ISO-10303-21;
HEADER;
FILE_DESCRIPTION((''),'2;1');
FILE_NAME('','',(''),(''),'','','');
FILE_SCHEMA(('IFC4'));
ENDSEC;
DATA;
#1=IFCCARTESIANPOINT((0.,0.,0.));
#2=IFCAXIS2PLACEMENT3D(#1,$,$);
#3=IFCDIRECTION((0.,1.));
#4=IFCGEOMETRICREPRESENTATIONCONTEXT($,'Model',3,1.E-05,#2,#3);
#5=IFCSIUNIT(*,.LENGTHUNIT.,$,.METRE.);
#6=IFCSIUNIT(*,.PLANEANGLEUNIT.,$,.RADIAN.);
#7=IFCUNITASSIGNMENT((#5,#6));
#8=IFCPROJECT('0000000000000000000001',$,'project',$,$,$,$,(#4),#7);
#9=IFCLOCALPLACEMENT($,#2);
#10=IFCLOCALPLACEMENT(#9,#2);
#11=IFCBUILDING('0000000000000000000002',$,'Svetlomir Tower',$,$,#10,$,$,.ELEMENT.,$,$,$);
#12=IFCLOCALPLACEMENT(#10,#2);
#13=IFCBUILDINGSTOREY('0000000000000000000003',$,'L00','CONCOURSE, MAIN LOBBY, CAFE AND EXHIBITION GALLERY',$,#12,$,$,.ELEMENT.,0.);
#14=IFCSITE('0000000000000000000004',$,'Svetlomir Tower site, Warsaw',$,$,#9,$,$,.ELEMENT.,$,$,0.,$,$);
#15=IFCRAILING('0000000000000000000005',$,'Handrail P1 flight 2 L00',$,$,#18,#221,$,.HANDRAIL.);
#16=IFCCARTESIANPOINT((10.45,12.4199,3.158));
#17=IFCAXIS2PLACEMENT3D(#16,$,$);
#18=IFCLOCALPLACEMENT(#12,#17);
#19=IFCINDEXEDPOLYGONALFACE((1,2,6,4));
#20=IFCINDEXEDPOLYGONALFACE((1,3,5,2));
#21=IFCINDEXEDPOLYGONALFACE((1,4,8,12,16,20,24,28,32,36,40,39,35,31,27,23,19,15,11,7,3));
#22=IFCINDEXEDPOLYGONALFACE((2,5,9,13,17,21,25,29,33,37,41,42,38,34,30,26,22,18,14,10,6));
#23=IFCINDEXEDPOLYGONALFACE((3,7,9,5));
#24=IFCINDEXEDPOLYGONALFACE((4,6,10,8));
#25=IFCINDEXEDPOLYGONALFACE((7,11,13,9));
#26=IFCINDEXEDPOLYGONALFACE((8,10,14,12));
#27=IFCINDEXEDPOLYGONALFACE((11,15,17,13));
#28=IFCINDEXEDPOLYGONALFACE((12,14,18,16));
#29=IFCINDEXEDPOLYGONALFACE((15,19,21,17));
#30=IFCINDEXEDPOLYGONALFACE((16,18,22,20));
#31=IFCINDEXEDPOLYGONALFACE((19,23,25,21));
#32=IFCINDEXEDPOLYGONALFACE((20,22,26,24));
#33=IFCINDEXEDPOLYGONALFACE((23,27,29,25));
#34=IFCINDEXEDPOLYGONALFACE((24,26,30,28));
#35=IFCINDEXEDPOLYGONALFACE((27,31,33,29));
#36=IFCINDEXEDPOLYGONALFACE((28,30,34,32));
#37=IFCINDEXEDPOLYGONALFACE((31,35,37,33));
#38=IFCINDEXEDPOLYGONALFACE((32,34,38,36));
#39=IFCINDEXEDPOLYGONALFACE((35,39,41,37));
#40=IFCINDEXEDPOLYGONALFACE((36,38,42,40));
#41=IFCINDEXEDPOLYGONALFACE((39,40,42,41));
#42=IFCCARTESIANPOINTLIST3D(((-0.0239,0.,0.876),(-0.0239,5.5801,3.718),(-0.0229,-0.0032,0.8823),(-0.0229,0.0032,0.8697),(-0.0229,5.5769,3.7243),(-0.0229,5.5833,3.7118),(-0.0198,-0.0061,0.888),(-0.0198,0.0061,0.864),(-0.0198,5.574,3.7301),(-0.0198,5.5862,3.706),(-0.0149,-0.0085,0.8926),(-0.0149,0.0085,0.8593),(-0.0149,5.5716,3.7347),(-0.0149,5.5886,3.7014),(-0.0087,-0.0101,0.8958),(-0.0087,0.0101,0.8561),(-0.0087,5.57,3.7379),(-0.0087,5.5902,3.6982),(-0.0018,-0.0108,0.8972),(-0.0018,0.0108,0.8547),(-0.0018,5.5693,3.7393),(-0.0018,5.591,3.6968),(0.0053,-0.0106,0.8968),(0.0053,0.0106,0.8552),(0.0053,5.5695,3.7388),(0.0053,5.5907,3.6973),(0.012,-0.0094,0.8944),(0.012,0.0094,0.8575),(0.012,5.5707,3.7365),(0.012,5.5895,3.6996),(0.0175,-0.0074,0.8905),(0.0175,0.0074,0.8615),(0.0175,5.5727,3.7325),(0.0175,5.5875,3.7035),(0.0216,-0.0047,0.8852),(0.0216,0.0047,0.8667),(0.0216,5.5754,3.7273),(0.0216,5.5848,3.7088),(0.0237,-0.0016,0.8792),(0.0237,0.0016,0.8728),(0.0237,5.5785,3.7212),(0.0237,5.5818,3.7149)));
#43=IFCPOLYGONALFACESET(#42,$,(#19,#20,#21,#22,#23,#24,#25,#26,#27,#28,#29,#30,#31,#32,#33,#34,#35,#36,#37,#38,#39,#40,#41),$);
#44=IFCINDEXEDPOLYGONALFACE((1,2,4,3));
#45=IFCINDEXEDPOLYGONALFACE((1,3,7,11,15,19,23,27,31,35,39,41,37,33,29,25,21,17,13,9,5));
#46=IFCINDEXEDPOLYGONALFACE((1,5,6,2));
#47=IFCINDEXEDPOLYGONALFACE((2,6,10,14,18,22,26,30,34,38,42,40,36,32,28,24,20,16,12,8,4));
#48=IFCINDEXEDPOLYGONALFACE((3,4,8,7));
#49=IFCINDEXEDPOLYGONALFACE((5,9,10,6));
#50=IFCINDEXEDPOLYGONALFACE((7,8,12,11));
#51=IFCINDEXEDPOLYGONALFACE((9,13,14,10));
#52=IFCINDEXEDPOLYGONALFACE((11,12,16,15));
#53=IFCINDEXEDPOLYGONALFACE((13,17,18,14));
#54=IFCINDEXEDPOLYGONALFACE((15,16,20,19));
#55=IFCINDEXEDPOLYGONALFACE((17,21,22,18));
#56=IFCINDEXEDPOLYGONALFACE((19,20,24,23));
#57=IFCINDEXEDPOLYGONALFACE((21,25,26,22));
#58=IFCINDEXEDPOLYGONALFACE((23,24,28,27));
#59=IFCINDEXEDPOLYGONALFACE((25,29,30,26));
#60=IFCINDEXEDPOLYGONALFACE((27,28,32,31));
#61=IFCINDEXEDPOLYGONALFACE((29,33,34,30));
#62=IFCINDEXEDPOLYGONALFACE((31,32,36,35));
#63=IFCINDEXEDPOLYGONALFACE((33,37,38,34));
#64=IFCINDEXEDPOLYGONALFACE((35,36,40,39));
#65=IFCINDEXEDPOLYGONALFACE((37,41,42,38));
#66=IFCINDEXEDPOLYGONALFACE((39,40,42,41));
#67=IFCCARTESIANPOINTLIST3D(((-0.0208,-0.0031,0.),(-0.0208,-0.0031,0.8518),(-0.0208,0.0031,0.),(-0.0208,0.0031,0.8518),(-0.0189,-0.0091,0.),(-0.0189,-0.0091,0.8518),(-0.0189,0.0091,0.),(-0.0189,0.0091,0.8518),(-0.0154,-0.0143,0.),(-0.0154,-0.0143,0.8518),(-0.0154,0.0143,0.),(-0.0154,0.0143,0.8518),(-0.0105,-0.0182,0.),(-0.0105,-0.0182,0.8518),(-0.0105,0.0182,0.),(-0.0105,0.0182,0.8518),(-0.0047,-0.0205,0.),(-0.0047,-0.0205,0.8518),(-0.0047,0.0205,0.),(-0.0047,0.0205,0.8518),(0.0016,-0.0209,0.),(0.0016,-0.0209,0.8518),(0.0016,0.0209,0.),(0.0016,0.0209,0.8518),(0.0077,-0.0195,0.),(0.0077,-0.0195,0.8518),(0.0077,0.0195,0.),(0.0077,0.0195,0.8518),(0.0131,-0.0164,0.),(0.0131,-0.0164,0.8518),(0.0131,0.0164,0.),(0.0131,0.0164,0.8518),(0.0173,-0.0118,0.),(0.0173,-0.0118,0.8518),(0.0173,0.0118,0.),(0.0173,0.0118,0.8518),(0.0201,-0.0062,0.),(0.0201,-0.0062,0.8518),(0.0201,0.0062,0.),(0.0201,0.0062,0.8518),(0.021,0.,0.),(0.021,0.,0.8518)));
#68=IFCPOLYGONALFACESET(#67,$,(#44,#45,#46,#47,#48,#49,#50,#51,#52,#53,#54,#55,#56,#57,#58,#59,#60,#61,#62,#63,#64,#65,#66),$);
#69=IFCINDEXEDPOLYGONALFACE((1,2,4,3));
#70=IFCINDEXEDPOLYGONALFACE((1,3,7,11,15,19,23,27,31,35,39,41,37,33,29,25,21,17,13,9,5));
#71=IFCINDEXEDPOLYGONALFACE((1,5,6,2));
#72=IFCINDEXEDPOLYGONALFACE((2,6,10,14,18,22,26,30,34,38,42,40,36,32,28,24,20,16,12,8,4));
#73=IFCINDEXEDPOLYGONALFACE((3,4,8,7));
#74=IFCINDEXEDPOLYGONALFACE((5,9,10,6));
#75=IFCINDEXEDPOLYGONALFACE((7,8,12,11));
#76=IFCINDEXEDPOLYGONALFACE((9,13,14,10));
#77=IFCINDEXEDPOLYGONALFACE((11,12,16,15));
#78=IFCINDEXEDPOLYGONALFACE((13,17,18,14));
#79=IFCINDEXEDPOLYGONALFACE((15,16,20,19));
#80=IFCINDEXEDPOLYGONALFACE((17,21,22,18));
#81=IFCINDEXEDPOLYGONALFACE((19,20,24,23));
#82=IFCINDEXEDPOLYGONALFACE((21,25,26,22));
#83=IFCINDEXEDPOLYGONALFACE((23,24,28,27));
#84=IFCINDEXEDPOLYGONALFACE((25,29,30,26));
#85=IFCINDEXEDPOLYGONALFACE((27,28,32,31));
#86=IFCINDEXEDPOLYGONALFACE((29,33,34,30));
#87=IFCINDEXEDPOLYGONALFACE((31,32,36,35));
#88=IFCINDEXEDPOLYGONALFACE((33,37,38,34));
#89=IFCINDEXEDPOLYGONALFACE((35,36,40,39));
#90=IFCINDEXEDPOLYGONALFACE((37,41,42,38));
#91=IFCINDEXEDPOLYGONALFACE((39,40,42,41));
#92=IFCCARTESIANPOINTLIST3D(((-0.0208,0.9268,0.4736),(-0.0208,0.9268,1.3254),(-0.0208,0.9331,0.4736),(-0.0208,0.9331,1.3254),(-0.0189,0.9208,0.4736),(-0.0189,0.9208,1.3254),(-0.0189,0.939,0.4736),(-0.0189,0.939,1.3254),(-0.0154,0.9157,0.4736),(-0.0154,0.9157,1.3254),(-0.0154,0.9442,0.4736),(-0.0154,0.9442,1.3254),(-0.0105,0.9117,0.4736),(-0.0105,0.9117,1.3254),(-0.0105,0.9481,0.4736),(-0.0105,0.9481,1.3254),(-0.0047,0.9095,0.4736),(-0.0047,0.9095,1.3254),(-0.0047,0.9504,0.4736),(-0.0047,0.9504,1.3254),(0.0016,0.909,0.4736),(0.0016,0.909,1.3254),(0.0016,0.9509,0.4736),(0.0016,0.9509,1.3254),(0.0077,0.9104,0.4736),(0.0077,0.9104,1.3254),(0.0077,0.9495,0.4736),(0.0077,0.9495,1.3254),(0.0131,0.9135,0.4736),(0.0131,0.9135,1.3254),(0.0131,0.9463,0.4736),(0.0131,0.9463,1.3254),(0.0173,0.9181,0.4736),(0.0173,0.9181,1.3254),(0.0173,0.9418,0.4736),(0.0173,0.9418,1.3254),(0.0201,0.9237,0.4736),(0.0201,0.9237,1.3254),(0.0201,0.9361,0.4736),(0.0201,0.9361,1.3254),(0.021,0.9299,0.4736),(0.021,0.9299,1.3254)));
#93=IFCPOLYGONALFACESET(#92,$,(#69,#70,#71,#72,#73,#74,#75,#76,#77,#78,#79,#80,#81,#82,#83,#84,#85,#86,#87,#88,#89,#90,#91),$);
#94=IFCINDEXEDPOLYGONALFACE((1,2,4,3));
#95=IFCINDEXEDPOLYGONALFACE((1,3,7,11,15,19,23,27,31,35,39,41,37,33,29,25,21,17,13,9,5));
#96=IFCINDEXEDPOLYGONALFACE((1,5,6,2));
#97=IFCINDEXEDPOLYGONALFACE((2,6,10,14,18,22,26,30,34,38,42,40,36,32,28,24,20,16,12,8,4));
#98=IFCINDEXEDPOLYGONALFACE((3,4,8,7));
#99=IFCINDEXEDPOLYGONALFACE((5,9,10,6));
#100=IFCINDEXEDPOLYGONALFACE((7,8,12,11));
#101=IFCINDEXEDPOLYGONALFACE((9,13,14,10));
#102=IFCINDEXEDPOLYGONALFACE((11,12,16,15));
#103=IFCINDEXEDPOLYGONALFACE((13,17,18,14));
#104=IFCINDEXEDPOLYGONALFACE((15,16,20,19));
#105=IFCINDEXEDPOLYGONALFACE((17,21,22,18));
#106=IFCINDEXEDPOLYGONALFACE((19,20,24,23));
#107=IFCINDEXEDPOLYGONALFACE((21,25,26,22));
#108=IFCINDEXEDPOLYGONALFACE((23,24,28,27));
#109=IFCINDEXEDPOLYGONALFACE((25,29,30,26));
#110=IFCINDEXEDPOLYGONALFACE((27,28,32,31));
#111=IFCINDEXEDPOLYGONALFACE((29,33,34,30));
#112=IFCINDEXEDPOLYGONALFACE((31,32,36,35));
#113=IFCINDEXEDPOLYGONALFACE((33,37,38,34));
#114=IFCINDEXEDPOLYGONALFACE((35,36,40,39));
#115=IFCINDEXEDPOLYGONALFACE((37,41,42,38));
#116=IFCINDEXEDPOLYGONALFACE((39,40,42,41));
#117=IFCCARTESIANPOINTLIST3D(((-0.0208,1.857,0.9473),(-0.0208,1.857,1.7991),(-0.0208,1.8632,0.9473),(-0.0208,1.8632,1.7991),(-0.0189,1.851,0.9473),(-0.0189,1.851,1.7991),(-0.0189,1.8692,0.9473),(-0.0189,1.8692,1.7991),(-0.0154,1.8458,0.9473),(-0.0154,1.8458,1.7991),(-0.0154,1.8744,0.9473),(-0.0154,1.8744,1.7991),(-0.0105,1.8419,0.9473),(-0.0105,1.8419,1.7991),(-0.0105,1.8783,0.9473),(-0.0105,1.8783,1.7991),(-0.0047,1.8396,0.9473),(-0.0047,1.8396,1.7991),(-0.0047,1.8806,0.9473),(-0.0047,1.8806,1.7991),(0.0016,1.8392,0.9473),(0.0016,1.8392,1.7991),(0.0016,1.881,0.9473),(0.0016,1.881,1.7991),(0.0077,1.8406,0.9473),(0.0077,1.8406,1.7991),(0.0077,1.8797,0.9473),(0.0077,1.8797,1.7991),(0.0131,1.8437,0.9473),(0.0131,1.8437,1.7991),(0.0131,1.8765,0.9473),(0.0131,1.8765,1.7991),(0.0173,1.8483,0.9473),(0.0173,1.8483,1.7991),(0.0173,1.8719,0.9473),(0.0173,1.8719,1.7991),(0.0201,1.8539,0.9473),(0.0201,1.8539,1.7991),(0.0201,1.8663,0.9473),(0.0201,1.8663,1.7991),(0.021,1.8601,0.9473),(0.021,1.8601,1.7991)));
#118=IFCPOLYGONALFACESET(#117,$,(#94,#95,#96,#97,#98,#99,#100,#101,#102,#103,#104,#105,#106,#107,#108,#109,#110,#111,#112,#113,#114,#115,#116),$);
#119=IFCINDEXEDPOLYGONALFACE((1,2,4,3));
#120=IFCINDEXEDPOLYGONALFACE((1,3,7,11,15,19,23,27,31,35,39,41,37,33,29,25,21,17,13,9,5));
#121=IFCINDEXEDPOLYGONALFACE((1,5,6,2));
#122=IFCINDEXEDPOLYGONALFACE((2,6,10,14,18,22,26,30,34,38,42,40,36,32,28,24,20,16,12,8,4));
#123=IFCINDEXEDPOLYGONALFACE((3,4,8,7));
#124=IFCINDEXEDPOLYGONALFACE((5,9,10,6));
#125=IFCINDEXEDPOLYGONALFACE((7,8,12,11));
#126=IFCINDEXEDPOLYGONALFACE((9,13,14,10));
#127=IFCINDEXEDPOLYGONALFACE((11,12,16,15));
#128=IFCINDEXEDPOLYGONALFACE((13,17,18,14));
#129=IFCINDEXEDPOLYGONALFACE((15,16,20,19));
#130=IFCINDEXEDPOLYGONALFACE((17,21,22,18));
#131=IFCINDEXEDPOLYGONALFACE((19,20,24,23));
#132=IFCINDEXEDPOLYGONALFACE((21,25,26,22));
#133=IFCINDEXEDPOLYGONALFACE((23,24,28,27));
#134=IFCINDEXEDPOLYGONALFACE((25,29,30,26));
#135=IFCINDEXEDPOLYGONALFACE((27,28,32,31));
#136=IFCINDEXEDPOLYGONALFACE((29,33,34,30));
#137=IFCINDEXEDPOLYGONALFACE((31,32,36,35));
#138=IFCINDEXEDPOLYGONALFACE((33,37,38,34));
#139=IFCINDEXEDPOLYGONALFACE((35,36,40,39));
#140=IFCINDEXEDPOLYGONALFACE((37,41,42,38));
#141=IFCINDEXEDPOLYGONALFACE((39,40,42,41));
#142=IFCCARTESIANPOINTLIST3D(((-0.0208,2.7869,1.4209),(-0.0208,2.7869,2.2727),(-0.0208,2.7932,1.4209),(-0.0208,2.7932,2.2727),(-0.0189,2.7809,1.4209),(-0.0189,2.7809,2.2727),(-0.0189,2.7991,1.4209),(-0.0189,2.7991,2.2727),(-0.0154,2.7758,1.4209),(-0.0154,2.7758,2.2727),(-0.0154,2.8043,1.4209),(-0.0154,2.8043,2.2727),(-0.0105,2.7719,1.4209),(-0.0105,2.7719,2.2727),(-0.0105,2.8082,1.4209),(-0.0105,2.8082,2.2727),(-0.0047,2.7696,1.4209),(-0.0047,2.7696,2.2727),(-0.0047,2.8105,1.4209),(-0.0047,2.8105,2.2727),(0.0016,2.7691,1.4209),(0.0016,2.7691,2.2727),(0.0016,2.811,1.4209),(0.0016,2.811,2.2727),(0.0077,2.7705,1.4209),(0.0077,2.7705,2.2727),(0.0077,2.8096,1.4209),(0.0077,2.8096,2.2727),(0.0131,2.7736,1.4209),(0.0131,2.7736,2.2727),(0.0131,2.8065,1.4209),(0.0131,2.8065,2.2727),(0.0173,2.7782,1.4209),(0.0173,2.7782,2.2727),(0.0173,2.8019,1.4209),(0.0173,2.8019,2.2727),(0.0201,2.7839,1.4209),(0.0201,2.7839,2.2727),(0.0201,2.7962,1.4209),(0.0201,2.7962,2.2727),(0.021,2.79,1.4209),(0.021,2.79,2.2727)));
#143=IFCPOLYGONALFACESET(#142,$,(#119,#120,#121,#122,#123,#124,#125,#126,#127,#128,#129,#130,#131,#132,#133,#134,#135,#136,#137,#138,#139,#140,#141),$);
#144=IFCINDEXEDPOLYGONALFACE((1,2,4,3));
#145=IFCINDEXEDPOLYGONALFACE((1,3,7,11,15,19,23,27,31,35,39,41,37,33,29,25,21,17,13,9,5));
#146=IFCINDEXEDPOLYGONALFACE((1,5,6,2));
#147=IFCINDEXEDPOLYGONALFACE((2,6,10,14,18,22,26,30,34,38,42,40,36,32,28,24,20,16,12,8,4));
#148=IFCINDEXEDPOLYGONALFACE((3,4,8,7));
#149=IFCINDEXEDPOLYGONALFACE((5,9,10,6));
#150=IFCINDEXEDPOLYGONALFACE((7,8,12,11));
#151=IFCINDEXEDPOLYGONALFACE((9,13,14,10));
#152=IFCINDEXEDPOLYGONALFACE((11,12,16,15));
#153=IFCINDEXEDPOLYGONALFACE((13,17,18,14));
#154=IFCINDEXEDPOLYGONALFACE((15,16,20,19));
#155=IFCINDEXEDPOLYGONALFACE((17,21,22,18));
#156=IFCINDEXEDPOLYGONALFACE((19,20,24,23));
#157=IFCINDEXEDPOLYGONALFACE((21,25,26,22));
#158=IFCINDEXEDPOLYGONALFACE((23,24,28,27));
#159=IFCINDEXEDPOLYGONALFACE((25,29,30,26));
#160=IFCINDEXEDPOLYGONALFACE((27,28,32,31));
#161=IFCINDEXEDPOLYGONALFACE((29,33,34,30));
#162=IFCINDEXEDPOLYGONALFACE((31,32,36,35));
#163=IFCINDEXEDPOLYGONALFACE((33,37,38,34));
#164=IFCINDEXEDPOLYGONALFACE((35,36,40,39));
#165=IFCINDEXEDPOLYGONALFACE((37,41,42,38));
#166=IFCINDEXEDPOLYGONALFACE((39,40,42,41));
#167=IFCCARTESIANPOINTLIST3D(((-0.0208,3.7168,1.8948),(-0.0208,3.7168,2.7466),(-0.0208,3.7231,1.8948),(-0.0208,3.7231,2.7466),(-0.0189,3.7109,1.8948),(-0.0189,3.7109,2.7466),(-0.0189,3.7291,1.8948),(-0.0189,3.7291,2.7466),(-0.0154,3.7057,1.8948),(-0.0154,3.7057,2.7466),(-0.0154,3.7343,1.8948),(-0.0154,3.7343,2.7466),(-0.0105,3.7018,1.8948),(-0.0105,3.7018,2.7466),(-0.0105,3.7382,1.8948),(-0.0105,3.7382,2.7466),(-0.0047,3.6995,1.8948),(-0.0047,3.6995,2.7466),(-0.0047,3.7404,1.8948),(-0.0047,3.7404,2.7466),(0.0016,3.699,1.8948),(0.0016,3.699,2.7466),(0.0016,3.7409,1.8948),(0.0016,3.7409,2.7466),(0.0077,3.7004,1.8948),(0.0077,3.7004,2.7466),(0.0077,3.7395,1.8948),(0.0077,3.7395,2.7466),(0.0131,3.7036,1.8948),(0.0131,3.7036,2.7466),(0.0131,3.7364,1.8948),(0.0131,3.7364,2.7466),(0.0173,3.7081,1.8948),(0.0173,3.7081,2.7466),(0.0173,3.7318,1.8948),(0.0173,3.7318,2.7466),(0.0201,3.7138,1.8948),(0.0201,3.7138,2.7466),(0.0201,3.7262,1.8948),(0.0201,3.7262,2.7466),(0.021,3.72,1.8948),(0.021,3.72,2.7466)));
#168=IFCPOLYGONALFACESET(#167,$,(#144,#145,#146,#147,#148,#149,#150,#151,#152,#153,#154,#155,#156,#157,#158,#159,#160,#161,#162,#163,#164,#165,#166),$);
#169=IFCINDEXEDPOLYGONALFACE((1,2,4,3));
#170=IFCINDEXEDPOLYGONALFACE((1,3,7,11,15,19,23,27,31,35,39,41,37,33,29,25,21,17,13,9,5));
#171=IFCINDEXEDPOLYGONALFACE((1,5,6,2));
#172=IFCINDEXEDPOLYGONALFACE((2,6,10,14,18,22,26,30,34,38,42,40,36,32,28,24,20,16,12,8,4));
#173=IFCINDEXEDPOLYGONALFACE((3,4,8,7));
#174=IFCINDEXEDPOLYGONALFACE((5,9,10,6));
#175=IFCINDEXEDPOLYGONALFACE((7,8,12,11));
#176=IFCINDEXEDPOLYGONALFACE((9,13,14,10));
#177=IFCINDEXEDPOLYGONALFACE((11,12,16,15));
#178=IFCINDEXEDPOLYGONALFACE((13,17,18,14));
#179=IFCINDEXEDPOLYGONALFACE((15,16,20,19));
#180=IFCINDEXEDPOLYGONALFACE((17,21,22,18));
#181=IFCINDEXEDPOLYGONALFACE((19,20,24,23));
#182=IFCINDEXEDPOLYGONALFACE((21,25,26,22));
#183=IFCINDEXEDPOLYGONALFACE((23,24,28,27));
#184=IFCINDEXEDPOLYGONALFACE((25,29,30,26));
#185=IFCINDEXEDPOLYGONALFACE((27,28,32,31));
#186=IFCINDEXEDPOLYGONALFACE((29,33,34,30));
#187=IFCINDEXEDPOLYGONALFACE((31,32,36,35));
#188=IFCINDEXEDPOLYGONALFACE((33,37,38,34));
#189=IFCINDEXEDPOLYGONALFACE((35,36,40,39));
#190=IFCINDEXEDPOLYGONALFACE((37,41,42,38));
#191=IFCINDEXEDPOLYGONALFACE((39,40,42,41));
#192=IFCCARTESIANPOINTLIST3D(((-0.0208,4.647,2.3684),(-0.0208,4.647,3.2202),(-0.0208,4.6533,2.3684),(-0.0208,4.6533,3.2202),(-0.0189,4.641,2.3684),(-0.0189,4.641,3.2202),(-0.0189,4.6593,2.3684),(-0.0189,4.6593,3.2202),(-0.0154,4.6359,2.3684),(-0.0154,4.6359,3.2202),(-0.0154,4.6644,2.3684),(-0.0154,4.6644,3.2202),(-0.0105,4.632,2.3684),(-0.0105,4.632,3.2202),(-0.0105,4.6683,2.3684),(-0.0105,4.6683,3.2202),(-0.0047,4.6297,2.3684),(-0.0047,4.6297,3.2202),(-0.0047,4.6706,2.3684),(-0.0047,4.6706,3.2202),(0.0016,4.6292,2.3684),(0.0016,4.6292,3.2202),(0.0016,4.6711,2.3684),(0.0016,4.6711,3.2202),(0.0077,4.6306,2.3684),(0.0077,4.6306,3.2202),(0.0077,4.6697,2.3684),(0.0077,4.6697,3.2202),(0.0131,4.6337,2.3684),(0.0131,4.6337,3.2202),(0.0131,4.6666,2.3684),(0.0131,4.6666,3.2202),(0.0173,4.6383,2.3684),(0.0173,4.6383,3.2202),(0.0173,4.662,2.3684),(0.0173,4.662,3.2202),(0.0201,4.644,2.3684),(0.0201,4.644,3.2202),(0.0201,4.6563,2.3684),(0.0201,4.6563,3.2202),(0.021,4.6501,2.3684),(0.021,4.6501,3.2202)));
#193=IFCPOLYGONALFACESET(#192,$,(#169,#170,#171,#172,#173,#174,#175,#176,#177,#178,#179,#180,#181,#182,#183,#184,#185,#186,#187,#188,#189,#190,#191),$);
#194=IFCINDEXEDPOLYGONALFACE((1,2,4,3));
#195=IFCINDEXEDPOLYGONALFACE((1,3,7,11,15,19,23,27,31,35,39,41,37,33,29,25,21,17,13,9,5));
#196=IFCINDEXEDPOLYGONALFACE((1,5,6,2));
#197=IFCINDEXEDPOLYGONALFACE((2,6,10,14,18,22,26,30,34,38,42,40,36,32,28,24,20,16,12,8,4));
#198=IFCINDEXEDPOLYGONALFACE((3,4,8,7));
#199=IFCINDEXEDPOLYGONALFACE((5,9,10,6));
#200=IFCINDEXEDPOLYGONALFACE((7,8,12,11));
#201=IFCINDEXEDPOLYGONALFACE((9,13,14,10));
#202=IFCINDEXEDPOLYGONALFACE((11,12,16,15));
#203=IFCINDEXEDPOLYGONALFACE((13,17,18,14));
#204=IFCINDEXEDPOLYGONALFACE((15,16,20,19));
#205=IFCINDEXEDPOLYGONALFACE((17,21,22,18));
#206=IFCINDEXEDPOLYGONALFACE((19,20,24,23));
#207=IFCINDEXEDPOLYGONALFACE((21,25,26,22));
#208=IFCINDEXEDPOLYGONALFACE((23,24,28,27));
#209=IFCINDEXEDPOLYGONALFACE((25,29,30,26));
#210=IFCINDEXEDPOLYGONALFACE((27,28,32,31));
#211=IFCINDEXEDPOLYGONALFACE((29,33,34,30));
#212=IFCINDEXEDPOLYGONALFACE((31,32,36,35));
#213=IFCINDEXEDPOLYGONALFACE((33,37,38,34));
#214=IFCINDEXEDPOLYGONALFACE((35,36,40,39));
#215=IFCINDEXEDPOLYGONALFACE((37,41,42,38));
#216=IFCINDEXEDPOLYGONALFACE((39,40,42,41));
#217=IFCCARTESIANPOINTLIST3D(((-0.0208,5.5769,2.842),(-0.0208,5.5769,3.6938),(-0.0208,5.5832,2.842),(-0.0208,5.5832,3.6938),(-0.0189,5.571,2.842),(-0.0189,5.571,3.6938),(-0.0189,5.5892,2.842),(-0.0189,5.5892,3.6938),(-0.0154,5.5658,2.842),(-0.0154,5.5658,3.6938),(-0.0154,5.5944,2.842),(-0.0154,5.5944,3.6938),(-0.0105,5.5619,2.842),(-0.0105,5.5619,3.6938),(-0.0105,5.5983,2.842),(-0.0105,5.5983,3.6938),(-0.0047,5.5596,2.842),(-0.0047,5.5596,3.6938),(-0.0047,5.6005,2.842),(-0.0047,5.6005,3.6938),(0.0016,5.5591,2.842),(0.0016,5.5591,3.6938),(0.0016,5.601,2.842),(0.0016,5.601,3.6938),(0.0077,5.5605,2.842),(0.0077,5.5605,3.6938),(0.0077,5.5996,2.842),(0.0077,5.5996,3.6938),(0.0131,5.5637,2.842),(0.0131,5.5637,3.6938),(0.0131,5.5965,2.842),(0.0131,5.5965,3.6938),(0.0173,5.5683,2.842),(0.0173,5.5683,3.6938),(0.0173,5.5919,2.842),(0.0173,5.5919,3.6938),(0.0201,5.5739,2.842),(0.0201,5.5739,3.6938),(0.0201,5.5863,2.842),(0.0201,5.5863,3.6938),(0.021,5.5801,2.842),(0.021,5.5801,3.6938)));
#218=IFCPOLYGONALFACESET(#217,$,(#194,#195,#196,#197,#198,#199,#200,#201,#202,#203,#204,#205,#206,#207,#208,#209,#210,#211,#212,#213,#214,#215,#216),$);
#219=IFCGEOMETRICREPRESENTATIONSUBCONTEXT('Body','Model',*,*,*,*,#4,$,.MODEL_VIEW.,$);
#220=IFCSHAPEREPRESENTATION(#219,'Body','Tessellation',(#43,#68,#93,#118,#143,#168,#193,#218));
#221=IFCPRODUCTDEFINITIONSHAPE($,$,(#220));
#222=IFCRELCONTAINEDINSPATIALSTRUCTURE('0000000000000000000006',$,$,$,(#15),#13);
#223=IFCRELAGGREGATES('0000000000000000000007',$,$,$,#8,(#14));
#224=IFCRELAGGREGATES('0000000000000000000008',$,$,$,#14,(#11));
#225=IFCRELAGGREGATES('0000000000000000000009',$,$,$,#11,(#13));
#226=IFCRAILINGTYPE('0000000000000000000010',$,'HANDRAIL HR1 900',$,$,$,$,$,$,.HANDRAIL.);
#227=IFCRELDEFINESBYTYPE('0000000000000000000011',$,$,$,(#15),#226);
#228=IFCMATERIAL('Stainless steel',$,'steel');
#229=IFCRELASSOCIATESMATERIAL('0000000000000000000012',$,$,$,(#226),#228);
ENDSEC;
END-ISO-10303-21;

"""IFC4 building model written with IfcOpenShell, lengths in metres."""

from ifc_helpers import new_model, si_unit, direction, frame, origin, origin_2d, place, context, subcontext, project, spatial, circle, extrude, material, type_object, element, save


model = new_model("IFC4")

# Units and contexts
model_context = context("Model", 3, precision=1e-05, world=origin(), true_north=direction((0.0, 1.0)))
body_context = subcontext(model_context, "Body", "Model", "MODEL_VIEW")
ifc_project = project(units=[si_unit("LENGTHUNIT", "METRE"), si_unit("PLANEANGLEUNIT", "RADIAN")], contexts=[model_context])

# Site, building, storey
site_placement = place(None, origin())
site = spatial("IfcSite", under=ifc_project, at=site_placement, Name="Svetlomir Tower site, Warsaw", CompositionType="ELEMENT", RefElevation=0.0)
building_placement = place(site_placement, origin())
building = spatial("IfcBuilding", under=site, at=building_placement, Name="Svetlomir Tower", CompositionType="ELEMENT")
storey_placement = place(building_placement, origin())
storey = spatial("IfcBuildingStorey", under=building, at=storey_placement, Name="L00", Description="CONCOURSE, MAIN LOBBY, CAFE AND EXHIBITION GALLERY", CompositionType="ELEMENT", Elevation=0.0)

# Railing
ifc_material_1 = material(Name="Stainless steel", Category="steel")
railing_type = type_object("IfcRailingType", Name="HANDRAIL HR1 900", PredefinedType="HANDRAIL", material=ifc_material_1)
railing_1_placement = place(storey_placement, frame((10.45, 12.4199, 3.158)))
element("IfcRailing", 1, at=railing_1_placement, inside=storey, type_object=railing_type, Name="Handrail P1 flight 2 L00", PredefinedType="HANDRAIL", context=body_context, shape_type="SweptSolid", body=[
    extrude(circle(Radius=0.0239, at=origin_2d()), frame((0.0, 0.0, 0.876), z_axis=(0.0, 0.891081, 0.453845), x_axis=(-1.0, 0.0, 0.0)), (0.0, 0.0, 1.0), 6.2622),
    extrude(circle(Radius=0.021, at=origin_2d()), origin(), (0.0, 0.0, 1.0), 0.8518),
    extrude(circle(Radius=0.021, at=origin_2d()), frame((0.0, 0.9299, 0.4736)), (0.0, 0.0, 1.0), 0.8518),
    extrude(circle(Radius=0.021, at=origin_2d()), frame((0.0, 1.8601, 0.9473)), (0.0, 0.0, 1.0), 0.8518),
    extrude(circle(Radius=0.021, at=origin_2d()), frame((0.0, 2.79, 1.4209)), (0.0, 0.0, 1.0), 0.8518),
    extrude(circle(Radius=0.021, at=origin_2d()), frame((0.0, 3.72, 1.8948)), (0.0, 0.0, 1.0), 0.8518),
    extrude(circle(Radius=0.021, at=origin_2d()), frame((0.0, 4.6501, 2.3684)), (0.0, 0.0, 1.0), 0.8518),
    extrude(circle(Radius=0.021, at=origin_2d()), frame((0.0, 5.5801, 2.842)), (0.0, 0.0, 1.0), 0.8518),
])

save(model, "model.ifc")
